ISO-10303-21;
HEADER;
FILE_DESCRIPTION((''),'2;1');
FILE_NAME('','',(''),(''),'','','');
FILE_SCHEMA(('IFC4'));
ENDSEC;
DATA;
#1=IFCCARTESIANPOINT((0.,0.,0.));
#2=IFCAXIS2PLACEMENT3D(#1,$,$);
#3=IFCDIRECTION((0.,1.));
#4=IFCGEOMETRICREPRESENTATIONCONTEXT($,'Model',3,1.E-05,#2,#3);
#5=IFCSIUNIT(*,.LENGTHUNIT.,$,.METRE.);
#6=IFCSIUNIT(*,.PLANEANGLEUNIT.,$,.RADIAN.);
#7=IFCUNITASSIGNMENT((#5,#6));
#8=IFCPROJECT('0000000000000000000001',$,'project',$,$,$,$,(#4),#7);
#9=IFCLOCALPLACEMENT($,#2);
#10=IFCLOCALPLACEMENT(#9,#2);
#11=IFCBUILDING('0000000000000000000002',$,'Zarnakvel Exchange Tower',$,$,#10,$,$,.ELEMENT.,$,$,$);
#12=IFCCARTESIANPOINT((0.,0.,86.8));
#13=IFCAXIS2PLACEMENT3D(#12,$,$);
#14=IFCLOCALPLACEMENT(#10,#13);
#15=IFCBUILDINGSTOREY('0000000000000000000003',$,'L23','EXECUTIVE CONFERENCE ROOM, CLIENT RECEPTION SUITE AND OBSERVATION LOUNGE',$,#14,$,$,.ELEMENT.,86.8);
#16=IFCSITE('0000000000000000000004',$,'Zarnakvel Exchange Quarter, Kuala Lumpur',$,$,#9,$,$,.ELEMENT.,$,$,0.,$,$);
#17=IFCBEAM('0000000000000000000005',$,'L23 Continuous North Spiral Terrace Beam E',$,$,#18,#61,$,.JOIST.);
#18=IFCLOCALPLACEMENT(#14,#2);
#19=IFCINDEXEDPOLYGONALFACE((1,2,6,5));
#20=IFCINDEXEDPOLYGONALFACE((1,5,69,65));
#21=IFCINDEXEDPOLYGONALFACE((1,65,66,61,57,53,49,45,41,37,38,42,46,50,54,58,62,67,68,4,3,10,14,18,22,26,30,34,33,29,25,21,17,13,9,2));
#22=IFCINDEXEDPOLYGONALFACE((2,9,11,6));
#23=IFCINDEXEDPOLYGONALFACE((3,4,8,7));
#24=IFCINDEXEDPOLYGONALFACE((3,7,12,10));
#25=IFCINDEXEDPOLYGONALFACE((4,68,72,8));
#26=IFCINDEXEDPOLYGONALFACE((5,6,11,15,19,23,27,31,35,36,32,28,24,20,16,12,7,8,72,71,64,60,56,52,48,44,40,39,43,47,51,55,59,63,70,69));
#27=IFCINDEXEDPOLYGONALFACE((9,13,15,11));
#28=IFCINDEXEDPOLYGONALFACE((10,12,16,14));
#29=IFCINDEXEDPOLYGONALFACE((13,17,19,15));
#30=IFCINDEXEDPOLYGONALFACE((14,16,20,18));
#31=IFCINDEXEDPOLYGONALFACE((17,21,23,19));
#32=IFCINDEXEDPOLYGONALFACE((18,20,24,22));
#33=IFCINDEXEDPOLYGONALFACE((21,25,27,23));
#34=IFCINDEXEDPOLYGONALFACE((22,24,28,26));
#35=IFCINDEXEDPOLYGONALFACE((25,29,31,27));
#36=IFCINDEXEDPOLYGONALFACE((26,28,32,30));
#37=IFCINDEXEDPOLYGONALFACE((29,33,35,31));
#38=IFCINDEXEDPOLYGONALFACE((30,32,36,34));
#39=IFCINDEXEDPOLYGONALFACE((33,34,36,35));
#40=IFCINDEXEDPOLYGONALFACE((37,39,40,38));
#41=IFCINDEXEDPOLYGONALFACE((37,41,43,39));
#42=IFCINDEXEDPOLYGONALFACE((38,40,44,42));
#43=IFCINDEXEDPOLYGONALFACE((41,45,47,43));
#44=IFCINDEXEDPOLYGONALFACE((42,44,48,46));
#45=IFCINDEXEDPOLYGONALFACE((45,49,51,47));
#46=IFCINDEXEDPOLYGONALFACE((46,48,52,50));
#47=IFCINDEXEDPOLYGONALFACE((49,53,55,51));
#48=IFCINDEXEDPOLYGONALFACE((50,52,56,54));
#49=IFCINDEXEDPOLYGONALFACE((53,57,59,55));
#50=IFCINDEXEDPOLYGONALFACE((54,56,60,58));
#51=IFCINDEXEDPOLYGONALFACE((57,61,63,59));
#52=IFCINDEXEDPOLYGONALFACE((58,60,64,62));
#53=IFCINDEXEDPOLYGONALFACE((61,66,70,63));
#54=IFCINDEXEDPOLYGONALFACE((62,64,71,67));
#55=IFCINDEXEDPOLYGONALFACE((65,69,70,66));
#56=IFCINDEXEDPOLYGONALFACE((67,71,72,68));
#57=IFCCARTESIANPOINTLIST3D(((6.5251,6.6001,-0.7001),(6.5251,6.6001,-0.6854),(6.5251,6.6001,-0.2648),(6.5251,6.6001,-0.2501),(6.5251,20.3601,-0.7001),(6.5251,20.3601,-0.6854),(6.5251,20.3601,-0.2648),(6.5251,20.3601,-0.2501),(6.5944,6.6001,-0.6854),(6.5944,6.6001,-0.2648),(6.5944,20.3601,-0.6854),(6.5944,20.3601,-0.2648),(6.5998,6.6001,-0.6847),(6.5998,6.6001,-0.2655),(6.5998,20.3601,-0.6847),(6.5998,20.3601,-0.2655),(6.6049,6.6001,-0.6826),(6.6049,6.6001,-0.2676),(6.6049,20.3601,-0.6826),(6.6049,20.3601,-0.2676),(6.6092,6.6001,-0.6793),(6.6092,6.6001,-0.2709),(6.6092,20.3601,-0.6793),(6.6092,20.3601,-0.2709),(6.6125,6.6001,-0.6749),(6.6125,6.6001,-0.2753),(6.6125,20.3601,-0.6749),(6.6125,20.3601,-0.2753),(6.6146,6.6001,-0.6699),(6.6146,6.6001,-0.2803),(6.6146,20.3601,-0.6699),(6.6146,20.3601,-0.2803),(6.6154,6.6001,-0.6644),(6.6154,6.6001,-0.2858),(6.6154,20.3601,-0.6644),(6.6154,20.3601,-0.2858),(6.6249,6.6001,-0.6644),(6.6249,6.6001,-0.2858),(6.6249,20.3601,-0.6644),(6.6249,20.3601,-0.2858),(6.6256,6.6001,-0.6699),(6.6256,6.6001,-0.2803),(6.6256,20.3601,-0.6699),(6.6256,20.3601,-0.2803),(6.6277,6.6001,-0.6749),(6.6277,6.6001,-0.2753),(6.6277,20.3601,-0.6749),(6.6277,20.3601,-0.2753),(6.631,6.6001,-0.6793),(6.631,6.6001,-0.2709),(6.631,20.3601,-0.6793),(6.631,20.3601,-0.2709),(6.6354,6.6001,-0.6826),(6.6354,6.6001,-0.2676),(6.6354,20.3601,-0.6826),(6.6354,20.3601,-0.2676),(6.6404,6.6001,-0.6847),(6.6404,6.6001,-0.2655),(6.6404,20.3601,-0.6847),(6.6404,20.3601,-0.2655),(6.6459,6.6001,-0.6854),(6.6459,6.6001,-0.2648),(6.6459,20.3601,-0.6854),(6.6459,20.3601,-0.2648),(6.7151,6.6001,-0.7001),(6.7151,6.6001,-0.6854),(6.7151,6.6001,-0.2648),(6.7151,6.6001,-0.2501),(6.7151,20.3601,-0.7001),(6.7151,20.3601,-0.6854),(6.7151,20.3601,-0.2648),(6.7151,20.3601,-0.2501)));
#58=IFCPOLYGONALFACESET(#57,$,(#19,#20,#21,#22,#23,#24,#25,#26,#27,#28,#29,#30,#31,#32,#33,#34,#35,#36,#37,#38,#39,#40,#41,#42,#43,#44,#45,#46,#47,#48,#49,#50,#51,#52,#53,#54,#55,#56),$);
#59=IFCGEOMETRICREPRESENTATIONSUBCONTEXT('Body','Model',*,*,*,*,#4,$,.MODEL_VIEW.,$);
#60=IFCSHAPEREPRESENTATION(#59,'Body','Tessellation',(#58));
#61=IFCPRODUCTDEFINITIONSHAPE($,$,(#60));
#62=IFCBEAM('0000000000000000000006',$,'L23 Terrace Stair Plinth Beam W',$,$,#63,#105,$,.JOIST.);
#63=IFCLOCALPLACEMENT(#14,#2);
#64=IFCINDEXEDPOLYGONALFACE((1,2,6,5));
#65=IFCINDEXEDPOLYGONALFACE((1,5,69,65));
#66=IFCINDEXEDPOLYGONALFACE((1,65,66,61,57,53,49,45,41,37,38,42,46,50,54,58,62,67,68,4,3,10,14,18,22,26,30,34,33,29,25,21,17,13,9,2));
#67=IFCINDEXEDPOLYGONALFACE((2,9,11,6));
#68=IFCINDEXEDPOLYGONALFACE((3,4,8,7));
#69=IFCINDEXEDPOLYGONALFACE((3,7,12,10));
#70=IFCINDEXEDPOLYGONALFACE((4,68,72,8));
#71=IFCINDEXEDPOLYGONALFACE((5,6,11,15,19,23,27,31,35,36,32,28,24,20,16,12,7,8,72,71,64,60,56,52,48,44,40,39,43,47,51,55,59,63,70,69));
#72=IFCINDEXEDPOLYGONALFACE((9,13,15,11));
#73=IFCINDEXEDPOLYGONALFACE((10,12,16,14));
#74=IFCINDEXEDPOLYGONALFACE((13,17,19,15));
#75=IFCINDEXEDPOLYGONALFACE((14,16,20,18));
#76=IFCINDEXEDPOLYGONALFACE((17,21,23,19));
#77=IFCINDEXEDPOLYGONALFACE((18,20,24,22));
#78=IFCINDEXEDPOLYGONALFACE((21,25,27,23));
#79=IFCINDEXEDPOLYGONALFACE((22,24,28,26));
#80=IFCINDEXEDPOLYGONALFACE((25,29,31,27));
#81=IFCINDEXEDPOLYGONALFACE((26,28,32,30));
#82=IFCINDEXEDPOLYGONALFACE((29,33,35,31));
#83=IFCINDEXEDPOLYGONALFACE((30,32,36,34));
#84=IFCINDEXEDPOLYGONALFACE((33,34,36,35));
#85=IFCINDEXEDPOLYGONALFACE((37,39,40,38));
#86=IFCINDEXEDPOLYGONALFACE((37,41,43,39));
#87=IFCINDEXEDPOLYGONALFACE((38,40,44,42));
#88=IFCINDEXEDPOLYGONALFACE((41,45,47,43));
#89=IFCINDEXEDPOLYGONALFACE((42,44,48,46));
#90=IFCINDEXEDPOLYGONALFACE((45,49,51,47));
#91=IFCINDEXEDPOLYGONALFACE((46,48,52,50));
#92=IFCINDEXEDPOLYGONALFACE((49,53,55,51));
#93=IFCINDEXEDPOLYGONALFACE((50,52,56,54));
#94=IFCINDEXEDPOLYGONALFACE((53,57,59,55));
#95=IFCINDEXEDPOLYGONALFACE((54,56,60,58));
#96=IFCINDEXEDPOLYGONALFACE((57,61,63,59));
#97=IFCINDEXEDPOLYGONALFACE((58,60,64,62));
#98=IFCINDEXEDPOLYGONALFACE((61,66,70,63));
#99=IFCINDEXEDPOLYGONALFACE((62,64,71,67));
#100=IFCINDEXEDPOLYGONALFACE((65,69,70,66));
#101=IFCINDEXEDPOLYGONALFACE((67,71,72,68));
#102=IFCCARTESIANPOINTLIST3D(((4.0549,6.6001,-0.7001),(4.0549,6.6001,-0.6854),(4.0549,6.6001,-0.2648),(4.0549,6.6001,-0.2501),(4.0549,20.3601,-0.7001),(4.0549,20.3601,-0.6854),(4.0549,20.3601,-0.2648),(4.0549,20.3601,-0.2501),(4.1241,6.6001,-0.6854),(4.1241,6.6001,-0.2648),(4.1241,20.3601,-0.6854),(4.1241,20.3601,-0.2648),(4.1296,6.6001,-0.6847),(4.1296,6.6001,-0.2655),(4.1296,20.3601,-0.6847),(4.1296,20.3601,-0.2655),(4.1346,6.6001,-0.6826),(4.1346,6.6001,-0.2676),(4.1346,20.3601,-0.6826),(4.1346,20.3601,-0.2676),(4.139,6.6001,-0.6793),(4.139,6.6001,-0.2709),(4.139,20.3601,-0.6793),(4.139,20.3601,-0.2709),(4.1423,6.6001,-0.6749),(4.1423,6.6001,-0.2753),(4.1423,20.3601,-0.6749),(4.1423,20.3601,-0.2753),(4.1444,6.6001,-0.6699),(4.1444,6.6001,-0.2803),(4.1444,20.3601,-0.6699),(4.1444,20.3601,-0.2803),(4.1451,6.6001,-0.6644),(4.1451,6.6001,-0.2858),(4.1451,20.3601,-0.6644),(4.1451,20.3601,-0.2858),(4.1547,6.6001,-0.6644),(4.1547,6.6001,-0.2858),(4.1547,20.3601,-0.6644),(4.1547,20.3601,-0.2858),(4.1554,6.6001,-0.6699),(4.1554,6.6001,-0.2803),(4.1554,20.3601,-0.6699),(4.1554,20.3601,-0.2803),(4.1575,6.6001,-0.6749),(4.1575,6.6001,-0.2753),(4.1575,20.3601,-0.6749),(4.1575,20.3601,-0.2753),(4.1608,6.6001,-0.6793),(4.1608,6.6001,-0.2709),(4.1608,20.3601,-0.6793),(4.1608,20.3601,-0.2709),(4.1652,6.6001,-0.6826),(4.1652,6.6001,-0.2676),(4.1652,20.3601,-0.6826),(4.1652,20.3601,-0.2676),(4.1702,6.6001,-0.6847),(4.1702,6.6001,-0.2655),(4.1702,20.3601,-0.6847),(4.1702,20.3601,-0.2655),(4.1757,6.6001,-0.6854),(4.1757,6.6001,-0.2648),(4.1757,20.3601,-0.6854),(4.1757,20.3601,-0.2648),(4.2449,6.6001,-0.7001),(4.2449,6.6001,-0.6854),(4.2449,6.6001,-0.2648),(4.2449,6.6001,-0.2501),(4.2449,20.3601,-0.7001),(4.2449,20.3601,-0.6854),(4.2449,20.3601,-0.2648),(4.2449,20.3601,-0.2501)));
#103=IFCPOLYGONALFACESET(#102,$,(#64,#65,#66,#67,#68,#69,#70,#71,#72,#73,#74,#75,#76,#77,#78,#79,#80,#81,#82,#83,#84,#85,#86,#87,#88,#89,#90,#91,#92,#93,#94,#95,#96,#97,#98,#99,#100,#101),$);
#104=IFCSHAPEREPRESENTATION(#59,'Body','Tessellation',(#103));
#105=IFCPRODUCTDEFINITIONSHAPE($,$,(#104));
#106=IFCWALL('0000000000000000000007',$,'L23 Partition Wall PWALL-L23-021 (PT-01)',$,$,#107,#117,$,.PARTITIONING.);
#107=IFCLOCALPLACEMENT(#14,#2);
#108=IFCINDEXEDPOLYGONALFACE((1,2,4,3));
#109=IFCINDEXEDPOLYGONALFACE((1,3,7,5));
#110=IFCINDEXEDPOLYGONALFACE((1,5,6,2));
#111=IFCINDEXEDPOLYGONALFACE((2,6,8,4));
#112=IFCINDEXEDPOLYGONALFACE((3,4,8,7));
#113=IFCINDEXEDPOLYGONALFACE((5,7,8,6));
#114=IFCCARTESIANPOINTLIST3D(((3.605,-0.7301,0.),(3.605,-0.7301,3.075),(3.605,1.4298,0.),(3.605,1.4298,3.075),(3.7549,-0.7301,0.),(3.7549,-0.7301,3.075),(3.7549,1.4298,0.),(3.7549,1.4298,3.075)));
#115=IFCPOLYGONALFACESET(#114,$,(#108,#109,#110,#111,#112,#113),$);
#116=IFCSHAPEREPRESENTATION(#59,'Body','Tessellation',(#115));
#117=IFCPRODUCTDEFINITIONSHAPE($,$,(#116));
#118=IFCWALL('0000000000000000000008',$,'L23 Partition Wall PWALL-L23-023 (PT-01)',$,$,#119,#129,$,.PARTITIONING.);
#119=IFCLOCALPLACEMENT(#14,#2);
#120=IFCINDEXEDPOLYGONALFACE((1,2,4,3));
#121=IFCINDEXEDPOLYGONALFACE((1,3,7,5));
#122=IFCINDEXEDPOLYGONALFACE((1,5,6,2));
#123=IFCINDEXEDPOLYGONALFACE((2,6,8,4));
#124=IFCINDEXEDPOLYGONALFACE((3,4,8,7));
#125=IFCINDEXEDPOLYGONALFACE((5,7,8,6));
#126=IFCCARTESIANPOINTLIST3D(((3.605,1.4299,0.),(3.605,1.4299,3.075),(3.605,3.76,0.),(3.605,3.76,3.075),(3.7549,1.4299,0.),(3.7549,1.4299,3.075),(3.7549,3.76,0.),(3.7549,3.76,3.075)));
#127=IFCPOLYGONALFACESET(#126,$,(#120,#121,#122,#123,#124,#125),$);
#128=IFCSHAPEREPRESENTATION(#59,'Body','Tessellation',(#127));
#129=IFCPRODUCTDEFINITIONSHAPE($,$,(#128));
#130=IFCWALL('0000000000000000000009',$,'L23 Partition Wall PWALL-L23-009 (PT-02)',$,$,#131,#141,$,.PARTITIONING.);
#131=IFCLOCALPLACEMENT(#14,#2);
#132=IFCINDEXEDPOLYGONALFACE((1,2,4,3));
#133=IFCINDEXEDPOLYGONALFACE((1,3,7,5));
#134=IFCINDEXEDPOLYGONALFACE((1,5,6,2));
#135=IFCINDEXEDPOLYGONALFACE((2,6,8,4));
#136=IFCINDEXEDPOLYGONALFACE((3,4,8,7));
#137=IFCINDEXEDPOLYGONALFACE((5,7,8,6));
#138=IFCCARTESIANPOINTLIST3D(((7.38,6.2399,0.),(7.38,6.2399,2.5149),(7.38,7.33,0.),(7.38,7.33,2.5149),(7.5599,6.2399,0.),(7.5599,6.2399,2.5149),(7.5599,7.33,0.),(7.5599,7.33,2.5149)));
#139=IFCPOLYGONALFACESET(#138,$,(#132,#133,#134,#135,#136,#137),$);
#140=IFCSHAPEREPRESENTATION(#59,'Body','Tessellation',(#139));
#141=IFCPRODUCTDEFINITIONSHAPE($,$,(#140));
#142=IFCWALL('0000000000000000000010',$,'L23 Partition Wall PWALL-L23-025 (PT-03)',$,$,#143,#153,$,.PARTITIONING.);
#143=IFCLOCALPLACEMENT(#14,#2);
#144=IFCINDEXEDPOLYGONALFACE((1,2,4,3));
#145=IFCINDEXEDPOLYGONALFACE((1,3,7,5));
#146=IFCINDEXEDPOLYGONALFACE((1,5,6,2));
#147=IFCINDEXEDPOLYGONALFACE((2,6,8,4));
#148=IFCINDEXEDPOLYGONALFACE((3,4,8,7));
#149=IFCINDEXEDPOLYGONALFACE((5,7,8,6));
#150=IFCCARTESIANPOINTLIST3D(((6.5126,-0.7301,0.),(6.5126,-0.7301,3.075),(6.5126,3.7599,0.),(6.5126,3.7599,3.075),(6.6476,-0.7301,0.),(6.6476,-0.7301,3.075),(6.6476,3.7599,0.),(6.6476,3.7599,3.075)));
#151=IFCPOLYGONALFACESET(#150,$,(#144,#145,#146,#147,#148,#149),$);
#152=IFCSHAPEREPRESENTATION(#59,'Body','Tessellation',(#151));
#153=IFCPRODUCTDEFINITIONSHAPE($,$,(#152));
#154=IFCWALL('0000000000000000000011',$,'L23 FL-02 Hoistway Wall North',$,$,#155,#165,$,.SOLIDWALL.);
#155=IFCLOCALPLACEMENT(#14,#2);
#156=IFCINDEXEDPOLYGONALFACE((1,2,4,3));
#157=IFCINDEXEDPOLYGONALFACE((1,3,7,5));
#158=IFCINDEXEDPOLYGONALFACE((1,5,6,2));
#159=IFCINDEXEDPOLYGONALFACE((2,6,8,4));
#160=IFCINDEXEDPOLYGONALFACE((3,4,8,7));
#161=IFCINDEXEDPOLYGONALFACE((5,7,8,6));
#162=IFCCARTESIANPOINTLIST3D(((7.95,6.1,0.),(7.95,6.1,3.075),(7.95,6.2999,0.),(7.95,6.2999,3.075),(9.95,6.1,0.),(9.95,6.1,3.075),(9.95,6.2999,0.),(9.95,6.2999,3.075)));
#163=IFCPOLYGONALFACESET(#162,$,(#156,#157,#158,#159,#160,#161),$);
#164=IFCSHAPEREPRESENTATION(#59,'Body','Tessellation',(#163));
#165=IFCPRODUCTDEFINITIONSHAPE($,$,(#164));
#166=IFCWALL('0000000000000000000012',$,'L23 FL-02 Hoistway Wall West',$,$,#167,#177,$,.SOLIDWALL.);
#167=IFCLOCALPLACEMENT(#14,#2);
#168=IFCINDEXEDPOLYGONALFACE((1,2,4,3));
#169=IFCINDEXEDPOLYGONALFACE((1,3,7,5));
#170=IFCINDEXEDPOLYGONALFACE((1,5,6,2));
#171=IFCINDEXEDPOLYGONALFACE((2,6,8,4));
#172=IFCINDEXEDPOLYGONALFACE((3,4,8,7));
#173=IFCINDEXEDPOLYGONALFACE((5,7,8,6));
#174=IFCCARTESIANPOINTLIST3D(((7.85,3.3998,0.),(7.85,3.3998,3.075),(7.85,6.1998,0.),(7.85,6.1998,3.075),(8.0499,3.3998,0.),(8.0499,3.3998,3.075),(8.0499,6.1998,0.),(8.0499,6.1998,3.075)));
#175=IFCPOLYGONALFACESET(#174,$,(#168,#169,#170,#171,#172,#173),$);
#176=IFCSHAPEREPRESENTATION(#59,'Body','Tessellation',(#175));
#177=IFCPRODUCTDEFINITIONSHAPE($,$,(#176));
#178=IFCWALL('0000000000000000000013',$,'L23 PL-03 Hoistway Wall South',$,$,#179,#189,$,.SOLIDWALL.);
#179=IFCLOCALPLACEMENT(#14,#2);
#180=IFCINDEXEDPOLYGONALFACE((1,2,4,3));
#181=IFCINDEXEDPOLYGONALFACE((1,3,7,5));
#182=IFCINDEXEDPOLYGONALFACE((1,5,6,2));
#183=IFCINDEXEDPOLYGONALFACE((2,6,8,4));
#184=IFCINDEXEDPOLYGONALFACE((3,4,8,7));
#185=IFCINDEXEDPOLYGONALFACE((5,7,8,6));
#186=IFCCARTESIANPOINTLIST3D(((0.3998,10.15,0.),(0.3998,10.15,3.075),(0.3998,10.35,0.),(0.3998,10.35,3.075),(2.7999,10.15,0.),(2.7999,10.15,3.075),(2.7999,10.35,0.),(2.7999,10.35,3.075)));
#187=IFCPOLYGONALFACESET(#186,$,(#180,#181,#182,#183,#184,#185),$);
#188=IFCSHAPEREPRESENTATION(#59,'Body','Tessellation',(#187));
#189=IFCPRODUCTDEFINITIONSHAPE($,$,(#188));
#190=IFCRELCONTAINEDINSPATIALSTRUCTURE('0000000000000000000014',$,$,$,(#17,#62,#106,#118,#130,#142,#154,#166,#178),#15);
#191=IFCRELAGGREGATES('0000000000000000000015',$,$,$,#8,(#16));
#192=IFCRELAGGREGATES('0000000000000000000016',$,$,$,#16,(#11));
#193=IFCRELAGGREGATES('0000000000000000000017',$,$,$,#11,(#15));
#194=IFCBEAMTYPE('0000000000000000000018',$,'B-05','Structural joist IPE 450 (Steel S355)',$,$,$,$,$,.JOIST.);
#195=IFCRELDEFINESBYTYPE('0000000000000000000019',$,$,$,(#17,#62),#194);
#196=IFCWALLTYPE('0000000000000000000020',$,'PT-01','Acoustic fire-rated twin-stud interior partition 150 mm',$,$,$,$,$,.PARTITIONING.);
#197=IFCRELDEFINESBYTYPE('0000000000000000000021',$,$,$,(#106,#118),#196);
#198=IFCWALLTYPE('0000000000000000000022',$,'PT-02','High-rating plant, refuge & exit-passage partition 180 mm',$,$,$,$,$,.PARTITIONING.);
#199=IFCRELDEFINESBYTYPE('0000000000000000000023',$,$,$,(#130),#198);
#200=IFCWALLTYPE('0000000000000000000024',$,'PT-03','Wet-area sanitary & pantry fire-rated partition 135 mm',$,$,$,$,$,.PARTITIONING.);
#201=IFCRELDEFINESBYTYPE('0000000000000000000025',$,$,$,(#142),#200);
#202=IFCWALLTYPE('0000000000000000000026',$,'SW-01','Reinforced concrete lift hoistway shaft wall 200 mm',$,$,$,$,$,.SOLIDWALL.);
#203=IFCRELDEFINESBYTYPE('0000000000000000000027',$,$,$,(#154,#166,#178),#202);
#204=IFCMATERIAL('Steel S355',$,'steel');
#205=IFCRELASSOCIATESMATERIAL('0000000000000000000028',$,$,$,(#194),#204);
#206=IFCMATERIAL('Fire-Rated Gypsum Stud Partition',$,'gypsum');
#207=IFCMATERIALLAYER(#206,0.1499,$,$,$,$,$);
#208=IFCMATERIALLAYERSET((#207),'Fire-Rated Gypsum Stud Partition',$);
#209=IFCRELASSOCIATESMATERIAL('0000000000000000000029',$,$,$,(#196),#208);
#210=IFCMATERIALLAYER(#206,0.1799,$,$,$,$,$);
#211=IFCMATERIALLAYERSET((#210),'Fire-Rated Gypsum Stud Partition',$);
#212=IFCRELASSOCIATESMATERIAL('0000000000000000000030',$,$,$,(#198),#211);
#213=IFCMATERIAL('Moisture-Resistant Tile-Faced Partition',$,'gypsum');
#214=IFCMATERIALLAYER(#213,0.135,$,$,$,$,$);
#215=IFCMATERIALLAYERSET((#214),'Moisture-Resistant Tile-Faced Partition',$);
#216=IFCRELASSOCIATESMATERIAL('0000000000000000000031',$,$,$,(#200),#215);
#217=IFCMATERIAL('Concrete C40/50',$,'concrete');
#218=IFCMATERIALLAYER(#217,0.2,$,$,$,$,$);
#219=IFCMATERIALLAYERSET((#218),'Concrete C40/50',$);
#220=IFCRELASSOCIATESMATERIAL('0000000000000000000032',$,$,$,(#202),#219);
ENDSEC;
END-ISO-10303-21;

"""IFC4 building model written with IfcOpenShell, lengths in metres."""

from ifc_helpers import new_model, si_unit, direction, frame, frame_2d, origin, origin_2d, place, context, subcontext, project, spatial, rectangle, i_section, extrude, material, layer, layer_set, material_profile, profile_set, type_object, element, save


model = new_model("IFC4")

# Units and contexts
model_context = context("Model", 3, precision=1e-05, world=origin(), true_north=direction((0.0, 1.0)))
body_context = subcontext(model_context, "Body", "Model", "MODEL_VIEW")
ifc_project = project(units=[si_unit("LENGTHUNIT", "METRE"), si_unit("PLANEANGLEUNIT", "RADIAN")], contexts=[model_context])

# Site, building, storey
site_placement = place(None, origin())
site = spatial("IfcSite", under=ifc_project, at=site_placement, Name="Zarnakvel Exchange Quarter, Kuala Lumpur", CompositionType="ELEMENT", RefElevation=0.0)
building_placement = place(site_placement, origin())
building = spatial("IfcBuilding", under=site, at=building_placement, Name="Zarnakvel Exchange Tower", CompositionType="ELEMENT")
storey_placement = place(building_placement, frame((0.0, 0.0, 86.8)))
storey = spatial("IfcBuildingStorey", under=building, at=storey_placement, Name="L23", Description="EXECUTIVE CONFERENCE ROOM, CLIENT RECEPTION SUITE AND OBSERVATION LOUNGE", CompositionType="ELEMENT", Elevation=86.8)

# Beams
ifc_material_1 = material(Name="Steel S355", Category="steel")
ifc_material_profile = material_profile(ifc_material_1, i_section(OverallWidth=0.1899, OverallDepth=0.45, WebThickness=0.0095, FlangeThickness=0.0146, FilletRadius=0.021, at=origin_2d()))
ifc_profile_set = profile_set([ifc_material_profile], Name="Steel S355")
beam_type = type_object("IfcBeamType", Name="B-05", Description="Structural joist IPE 450 (Steel S355)", PredefinedType="JOIST", material=ifc_profile_set)
for number, where, z_axis, x_axis, name in (
    (1, (6.6201, 6.6001, -0.4751), (0.0, 1.0, 0.0), (-1.0, 0.0, 0.0), "L23 Continuous North Spiral Terrace Beam E"),
    (2, (4.1499, 6.6001, -0.4751), (0.0, 1.0, 0.0), (-1.0, 0.0, 0.0), "L23 Terrace Stair Plinth Beam W"),
):
    element("IfcBeam", number, at=place(storey_placement, frame(where, z_axis=z_axis, x_axis=x_axis)), inside=storey, type_object=beam_type, Name=name, PredefinedType="JOIST", context=body_context, shape_type="SweptSolid", body=[
        extrude(i_section(OverallWidth=0.1899, OverallDepth=0.45, WebThickness=0.0095, FlangeThickness=0.0146, FilletRadius=0.021, at=origin_2d()), origin(), (0.0, 0.0, 1.0), 13.76),
    ])

# Walls
ifc_material_2 = material(Name="Fire-Rated Gypsum Stud Partition", Category="gypsum")
ifc_layer_1 = layer(ifc_material_2, 0.1499)
ifc_layer_set_1 = layer_set([ifc_layer_1], Name="Fire-Rated Gypsum Stud Partition")
wall_type_1 = type_object("IfcWallType", Name="PT-01", Description="Acoustic fire-rated twin-stud interior partition 150 mm", PredefinedType="PARTITIONING", material=ifc_layer_set_1)
wall_1_placement = place(storey_placement, frame((3.6799, 1.4299, 0.0), z_axis=(0.0, 0.0, 1.0), x_axis=(0.0, -1.0, 0.0)))
element("IfcWall", 3, at=wall_1_placement, inside=storey, type_object=wall_type_1, Name="L23 Partition Wall PWALL-L23-021 (PT-01)", PredefinedType="PARTITIONING", context=body_context, shape_type="SweptSolid", body=[
    extrude(rectangle(XDim=2.1599, YDim=0.1499, at=frame_2d((1.0801, 0.0))), origin(), (0.0, 0.0, 1.0), 3.075),
])
wall_2_placement = place(storey_placement, frame((3.6799, 3.76, 0.0), z_axis=(0.0, 0.0, 1.0), x_axis=(0.0, -1.0, 0.0)))
element("IfcWall", 4, at=wall_2_placement, inside=storey, type_object=wall_type_1, Name="L23 Partition Wall PWALL-L23-023 (PT-01)", PredefinedType="PARTITIONING", context=body_context, shape_type="SweptSolid", body=[
    extrude(rectangle(XDim=2.3301, YDim=0.1499, at=frame_2d((1.165, 0.0))), origin(), (0.0, 0.0, 1.0), 3.075),
])
ifc_layer_2 = layer(ifc_material_2, 0.1799)
ifc_layer_set_2 = layer_set([ifc_layer_2], Name="Fire-Rated Gypsum Stud Partition")
wall_type_2 = type_object("IfcWallType", Name="PT-02", Description="High-rating plant, refuge & exit-passage partition 180 mm", PredefinedType="PARTITIONING", material=ifc_layer_set_2)
wall_3_placement = place(storey_placement, frame((7.47, 6.24, 0.0), z_axis=(0.0, 0.0, 1.0), x_axis=(0.0, 1.0, 0.0)))
element("IfcWall", 5, at=wall_3_placement, inside=storey, type_object=wall_type_2, Name="L23 Partition Wall PWALL-L23-009 (PT-02)", PredefinedType="PARTITIONING", context=body_context, shape_type="SweptSolid", body=[
    extrude(rectangle(XDim=1.0901, YDim=0.1799, at=frame_2d((0.5449, 0.0))), origin(), (0.0, 0.0, 1.0), 2.5149),
])
ifc_material_3 = material(Name="Moisture-Resistant Tile-Faced Partition", Category="gypsum")
ifc_layer_3 = layer(ifc_material_3, 0.135)
ifc_layer_set_3 = layer_set([ifc_layer_3], Name="Moisture-Resistant Tile-Faced Partition")
wall_type_3 = type_object("IfcWallType", Name="PT-03", Description="Wet-area sanitary & pantry fire-rated partition 135 mm", PredefinedType="PARTITIONING", material=ifc_layer_set_3)
wall_4_placement = place(storey_placement, frame((6.5801, 3.76, 0.0), z_axis=(0.0, 0.0, 1.0), x_axis=(0.0, -1.0, 0.0)))
element("IfcWall", 6, at=wall_4_placement, inside=storey, type_object=wall_type_3, Name="L23 Partition Wall PWALL-L23-025 (PT-03)", PredefinedType="PARTITIONING", context=body_context, shape_type="SweptSolid", body=[
    extrude(rectangle(XDim=4.49, YDim=0.135, at=frame_2d((2.2451, 0.0))), origin(), (0.0, 0.0, 1.0), 3.075),
])
ifc_material_4 = material(Name="Concrete C40/50", Category="concrete")
ifc_layer_4 = layer(ifc_material_4, 0.2)
ifc_layer_set_4 = layer_set([ifc_layer_4], Name="Concrete C40/50")
wall_type_4 = type_object("IfcWallType", Name="SW-01", Description="Reinforced concrete lift hoistway shaft wall 200 mm", PredefinedType="SOLIDWALL", material=ifc_layer_set_4)
wall_5_placement = place(storey_placement, frame((7.95, 6.2, 0.0), z_axis=(0.0, 0.0, 1.0), x_axis=(1.0, 0.0, 0.0)))
element("IfcWall", 7, at=wall_5_placement, inside=storey, type_object=wall_type_4, Name="L23 FL-02 Hoistway Wall North", PredefinedType="SOLIDWALL", context=body_context, shape_type="SweptSolid", body=[
    extrude(rectangle(XDim=2.0, YDim=0.2, at=frame_2d((1.0, 0.0))), origin(), (0.0, 0.0, 1.0), 3.075),
])
wall_6_placement = place(storey_placement, frame((7.95, 3.3999, 0.0), z_axis=(0.0, 0.0, 1.0), x_axis=(0.0, 1.0, 0.0)))
element("IfcWall", 8, at=wall_6_placement, inside=storey, type_object=wall_type_4, Name="L23 FL-02 Hoistway Wall West", PredefinedType="SOLIDWALL", context=body_context, shape_type="SweptSolid", body=[
    extrude(rectangle(XDim=2.8, YDim=0.2, at=frame_2d((1.3999, 0.0))), origin(), (0.0, 0.0, 1.0), 3.075),
])
for number, where, z_axis, x_axis, name in (
    (9, (2.8, 10.25, 0.0), (0.0, 0.0, 1.0), (-1.0, 0.0, 0.0), "L23 PL-03 Hoistway Wall South"),
):
    element("IfcWall", number, at=place(storey_placement, frame(where, z_axis=z_axis, x_axis=x_axis)), inside=storey, type_object=wall_type_4, Name=name, PredefinedType="SOLIDWALL", context=body_context, shape_type="SweptSolid", body=[
        extrude(rectangle(XDim=2.4001, YDim=0.2, at=frame_2d((1.2002, 0.0))), origin(), (0.0, 0.0, 1.0), 3.075),
    ])

save(model, "model.ifc")
